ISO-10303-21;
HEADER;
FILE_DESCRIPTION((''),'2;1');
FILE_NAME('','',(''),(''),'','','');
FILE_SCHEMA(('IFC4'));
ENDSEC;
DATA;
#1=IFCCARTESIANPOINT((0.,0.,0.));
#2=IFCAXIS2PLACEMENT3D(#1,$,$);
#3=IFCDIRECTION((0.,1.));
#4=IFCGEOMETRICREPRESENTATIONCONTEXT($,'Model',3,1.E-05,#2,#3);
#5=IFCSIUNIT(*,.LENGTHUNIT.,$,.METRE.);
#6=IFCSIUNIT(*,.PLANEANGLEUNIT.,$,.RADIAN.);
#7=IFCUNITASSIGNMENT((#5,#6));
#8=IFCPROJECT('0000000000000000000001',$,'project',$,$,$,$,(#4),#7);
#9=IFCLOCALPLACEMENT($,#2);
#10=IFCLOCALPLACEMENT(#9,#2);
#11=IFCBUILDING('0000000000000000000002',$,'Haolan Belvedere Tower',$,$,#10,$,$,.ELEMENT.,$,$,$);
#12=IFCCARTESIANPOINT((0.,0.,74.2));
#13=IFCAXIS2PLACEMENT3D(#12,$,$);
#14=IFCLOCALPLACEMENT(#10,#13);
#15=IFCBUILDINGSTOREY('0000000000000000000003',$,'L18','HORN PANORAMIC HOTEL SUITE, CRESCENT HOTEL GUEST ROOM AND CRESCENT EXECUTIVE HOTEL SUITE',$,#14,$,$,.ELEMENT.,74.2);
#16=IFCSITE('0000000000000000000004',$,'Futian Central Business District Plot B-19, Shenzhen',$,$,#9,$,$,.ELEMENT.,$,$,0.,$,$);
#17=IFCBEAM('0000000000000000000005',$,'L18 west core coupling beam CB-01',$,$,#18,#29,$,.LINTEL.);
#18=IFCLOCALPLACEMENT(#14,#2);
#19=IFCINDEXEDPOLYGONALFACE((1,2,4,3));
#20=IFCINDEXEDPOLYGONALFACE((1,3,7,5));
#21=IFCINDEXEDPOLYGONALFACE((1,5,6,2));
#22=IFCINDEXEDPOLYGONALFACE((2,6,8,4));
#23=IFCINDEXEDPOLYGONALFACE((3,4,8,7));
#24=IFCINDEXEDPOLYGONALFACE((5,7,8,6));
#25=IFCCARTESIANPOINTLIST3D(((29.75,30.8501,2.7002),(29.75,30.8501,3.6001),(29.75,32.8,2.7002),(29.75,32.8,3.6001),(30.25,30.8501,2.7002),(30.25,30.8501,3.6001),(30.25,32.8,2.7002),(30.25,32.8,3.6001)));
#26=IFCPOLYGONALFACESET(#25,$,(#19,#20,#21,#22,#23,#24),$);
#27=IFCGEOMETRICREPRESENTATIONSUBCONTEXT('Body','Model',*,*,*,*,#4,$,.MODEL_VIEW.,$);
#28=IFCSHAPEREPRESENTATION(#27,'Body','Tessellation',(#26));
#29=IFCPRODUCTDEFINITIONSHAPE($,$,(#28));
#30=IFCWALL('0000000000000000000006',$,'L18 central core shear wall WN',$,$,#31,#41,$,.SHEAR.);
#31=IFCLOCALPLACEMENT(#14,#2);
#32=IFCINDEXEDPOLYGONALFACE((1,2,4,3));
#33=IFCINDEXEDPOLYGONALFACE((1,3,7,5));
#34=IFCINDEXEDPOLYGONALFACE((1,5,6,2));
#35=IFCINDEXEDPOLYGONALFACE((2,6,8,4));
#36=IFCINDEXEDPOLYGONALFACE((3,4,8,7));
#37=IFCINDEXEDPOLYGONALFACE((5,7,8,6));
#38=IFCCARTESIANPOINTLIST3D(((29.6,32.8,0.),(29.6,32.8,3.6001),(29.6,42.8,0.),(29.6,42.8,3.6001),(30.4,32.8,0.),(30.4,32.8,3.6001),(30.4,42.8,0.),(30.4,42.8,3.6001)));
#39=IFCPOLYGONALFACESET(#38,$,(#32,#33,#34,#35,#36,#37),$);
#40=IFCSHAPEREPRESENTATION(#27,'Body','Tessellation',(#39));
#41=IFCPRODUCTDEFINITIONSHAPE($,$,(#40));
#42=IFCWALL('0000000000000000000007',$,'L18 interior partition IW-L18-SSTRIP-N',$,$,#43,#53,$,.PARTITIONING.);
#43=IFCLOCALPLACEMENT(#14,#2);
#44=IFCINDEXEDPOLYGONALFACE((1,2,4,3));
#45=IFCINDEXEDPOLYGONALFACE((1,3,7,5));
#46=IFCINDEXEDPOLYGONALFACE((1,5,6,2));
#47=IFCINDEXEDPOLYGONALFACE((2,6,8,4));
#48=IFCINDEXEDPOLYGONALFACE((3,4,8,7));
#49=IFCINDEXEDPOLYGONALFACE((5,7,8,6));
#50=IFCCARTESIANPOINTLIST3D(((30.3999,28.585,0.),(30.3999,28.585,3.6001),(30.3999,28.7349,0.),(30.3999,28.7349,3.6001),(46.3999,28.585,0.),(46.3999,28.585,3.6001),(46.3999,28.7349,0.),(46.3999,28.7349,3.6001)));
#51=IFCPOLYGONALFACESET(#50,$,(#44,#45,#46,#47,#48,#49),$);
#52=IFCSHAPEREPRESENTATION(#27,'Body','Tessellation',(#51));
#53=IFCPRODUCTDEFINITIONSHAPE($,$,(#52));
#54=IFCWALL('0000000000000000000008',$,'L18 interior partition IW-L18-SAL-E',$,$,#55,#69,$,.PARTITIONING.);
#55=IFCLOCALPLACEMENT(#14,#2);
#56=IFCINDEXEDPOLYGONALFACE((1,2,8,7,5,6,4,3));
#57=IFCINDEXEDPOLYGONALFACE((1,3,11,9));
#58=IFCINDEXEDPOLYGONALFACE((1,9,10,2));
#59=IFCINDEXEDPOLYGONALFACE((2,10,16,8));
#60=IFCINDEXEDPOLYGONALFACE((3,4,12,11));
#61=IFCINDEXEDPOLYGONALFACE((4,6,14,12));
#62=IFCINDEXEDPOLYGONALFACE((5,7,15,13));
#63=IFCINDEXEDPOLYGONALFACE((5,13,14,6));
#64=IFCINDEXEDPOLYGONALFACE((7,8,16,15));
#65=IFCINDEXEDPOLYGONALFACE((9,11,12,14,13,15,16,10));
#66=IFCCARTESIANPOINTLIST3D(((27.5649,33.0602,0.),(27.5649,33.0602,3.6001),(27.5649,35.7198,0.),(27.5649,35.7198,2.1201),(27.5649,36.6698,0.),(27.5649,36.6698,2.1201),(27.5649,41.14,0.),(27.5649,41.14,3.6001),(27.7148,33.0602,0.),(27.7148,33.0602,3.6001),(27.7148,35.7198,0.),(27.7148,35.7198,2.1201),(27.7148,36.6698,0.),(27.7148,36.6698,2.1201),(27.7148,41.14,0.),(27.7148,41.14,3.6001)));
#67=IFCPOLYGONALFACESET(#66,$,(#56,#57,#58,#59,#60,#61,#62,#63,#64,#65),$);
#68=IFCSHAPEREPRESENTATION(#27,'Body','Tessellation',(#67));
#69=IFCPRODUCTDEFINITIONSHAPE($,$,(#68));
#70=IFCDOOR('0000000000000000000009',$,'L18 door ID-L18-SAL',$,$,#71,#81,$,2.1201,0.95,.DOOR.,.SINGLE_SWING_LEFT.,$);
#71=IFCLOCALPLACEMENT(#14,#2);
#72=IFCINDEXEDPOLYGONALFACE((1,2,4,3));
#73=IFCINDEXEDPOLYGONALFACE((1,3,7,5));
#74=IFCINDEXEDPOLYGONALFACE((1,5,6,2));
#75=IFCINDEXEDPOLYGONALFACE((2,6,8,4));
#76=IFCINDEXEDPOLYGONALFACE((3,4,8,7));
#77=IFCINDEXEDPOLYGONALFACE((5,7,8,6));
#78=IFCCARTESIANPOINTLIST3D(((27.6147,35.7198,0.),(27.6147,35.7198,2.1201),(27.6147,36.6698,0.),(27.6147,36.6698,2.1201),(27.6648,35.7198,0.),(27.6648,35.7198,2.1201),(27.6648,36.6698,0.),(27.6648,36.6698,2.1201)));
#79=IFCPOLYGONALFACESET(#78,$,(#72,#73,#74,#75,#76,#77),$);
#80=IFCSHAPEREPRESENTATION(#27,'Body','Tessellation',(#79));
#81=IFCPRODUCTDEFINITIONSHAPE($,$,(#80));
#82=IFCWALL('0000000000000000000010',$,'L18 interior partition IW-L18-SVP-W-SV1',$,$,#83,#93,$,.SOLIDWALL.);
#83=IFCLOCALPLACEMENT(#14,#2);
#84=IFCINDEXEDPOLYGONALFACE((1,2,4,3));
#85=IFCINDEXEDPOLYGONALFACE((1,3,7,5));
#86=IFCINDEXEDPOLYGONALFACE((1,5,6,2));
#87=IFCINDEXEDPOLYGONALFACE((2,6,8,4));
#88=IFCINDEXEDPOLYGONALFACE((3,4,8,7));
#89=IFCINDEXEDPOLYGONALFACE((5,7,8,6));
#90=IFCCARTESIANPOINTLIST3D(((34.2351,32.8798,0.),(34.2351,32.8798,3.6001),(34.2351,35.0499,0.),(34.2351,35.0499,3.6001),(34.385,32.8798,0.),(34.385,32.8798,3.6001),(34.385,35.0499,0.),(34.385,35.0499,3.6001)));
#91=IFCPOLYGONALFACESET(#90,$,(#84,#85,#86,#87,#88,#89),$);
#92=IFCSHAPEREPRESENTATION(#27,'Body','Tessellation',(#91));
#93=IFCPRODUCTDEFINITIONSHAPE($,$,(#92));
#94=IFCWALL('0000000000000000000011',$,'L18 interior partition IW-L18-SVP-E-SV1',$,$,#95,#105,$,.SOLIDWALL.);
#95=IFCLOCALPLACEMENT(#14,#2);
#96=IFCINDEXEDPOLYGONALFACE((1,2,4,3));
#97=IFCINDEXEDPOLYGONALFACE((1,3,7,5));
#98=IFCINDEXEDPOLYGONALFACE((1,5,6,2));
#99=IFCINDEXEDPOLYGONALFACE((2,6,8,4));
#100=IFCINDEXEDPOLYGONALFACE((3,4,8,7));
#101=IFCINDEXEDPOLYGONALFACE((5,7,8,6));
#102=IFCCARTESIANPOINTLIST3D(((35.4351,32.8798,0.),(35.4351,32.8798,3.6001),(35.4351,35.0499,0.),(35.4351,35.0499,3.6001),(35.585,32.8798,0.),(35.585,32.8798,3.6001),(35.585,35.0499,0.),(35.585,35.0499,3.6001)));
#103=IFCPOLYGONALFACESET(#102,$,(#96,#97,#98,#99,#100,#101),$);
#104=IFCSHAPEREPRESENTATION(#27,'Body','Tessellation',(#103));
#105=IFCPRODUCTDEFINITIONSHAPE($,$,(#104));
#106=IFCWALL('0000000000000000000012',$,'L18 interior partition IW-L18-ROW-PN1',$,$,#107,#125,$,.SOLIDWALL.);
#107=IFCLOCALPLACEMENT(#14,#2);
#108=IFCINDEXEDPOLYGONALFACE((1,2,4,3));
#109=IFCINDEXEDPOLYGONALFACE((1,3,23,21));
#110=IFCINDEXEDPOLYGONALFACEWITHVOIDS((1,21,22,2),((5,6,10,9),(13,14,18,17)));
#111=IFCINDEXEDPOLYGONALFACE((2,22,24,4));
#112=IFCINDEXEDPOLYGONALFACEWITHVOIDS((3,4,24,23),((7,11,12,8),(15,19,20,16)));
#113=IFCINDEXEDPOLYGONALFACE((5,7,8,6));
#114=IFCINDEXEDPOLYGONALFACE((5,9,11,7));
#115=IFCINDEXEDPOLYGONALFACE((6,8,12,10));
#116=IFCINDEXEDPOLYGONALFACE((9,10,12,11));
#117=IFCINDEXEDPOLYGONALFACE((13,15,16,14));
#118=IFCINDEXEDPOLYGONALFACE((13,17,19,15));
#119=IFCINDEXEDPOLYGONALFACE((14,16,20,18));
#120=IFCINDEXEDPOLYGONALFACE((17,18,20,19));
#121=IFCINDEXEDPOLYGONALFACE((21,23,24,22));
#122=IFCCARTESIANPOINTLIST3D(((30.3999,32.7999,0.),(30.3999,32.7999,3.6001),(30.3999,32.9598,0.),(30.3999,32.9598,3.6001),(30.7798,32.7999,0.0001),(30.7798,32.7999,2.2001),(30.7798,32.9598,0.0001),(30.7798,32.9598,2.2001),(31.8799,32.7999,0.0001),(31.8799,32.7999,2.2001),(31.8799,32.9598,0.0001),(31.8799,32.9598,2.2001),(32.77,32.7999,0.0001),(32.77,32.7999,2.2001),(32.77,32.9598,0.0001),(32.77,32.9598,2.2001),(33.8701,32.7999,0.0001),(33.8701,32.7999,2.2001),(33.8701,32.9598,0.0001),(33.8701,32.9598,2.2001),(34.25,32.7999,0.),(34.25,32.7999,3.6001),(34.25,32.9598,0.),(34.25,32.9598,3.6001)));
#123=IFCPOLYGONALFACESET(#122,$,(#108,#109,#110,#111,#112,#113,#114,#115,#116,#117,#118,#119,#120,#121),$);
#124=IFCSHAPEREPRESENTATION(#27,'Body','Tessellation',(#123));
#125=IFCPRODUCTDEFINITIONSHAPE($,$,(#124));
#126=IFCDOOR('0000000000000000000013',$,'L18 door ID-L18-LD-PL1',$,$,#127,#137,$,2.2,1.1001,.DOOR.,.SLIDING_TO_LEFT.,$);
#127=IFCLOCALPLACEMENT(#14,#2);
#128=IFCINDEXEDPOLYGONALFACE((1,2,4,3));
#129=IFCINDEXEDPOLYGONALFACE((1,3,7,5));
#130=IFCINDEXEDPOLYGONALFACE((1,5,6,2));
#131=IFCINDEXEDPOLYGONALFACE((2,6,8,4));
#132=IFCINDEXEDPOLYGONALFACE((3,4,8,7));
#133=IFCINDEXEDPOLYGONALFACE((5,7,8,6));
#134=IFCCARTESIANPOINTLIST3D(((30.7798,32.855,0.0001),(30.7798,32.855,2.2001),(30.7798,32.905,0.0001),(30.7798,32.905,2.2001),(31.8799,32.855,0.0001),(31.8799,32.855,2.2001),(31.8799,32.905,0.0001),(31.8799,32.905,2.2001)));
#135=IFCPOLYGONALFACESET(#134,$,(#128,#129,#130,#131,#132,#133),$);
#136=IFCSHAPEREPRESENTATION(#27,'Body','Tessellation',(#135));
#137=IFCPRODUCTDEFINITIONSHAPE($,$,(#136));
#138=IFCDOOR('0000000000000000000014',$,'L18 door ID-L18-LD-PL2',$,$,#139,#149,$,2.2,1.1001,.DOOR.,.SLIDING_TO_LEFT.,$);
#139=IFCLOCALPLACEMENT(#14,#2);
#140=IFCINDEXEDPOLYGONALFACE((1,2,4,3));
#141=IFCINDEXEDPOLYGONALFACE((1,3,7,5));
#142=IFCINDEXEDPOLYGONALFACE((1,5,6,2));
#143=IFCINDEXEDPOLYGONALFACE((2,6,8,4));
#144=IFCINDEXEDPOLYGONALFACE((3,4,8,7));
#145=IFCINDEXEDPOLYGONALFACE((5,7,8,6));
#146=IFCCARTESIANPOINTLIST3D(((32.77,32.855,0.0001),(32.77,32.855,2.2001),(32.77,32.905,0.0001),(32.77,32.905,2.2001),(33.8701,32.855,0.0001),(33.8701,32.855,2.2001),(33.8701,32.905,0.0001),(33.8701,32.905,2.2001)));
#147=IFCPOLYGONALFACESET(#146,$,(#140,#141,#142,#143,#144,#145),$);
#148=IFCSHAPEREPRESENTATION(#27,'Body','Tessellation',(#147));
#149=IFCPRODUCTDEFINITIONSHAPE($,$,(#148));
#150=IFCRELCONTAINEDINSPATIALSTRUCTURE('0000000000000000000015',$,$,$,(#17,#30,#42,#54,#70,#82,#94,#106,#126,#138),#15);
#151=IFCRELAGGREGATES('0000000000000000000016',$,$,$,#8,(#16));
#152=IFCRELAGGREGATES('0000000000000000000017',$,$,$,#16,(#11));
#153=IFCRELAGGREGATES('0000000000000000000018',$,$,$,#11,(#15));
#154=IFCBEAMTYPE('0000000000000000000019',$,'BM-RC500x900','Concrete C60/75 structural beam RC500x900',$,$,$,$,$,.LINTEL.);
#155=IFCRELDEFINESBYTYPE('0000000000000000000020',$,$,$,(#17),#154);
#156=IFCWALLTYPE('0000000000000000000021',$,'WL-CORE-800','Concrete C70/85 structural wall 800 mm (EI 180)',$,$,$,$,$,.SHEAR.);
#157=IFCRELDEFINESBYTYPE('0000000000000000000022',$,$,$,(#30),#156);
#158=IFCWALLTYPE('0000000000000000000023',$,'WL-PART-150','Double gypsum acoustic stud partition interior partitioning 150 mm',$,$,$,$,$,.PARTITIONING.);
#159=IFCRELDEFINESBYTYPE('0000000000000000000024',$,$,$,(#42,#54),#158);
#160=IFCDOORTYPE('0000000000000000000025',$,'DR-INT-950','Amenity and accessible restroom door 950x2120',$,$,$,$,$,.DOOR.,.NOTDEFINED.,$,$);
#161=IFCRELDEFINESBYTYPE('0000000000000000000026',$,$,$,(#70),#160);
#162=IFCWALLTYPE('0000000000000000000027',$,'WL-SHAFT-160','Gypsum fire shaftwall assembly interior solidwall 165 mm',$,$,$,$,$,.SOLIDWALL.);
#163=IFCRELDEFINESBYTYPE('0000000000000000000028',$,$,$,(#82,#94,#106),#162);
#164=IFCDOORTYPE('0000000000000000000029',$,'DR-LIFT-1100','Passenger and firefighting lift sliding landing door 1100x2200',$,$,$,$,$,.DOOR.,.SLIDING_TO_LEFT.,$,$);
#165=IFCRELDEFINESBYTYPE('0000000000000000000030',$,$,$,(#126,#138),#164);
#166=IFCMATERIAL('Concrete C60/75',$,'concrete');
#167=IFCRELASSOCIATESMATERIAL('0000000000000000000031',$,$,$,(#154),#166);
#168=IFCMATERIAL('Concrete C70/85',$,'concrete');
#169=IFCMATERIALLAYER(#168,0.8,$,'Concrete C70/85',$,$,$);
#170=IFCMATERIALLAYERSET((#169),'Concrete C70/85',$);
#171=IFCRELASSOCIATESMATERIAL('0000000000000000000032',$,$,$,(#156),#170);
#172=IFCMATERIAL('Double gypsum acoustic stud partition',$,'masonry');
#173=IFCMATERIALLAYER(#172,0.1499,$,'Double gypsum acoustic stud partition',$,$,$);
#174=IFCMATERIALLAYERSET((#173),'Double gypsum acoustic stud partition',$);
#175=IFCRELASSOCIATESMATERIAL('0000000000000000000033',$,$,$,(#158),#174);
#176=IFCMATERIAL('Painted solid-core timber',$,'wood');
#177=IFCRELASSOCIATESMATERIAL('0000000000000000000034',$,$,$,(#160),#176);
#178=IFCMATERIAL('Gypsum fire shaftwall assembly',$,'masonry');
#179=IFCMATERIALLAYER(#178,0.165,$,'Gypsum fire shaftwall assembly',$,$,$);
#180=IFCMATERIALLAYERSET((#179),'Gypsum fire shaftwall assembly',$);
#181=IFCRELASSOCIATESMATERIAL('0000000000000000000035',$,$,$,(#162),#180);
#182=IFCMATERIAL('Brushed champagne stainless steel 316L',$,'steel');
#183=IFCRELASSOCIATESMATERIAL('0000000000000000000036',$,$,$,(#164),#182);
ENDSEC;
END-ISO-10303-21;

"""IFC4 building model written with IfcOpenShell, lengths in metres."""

from ifc_helpers import new_model, si_unit, direction, frame, frame_2d, origin, origin_2d, place, context, subcontext, project, spatial, rectangle, extrude, material, layer, layer_set, material_profile, profile_set, type_object, element, fill, save


model = new_model("IFC4")

# Units and contexts
model_context = context("Model", 3, precision=1e-05, world=origin(), true_north=direction((0.0, 1.0)))
body_context = subcontext(model_context, "Body", "Model", "MODEL_VIEW")
ifc_project = project(units=[si_unit("LENGTHUNIT", "METRE"), si_unit("PLANEANGLEUNIT", "RADIAN")], contexts=[model_context])

# Site, building, storey
site_placement = place(None, origin())
site = spatial("IfcSite", under=ifc_project, at=site_placement, Name="Futian Central Business District Plot B-19, Shenzhen", CompositionType="ELEMENT", RefElevation=0.0)
building_placement = place(site_placement, origin())
building = spatial("IfcBuilding", under=site, at=building_placement, Name="Haolan Belvedere Tower", CompositionType="ELEMENT")
storey_placement = place(building_placement, frame((0.0, 0.0, 74.2)))
storey = spatial("IfcBuildingStorey", under=building, at=storey_placement, Name="L18", Description="HORN PANORAMIC HOTEL SUITE, CRESCENT HOTEL GUEST ROOM AND CRESCENT EXECUTIVE HOTEL SUITE", CompositionType="ELEMENT", Elevation=74.2)

# Beam
ifc_material_1 = material(Name="Concrete C60/75", Category="concrete")
ifc_material_profile = material_profile(ifc_material_1, rectangle(XDim=0.5, YDim=0.8999, at=origin_2d()), Name="Concrete C60/75")
ifc_profile_set = profile_set([ifc_material_profile], Name="Concrete C60/75")
beam_type = type_object("IfcBeamType", Name="BM-RC500x900", Description="Concrete C60/75 structural beam RC500x900", PredefinedType="LINTEL", material=ifc_profile_set)
beam_placement = place(storey_placement, frame((30.0, 30.8501, 3.1501), z_axis=(0.0, 1.0, 0.0), x_axis=(-1.0, 0.0, 0.0)))
element("IfcBeam", 1, at=beam_placement, inside=storey, type_object=beam_type, Name="L18 west core coupling beam CB-01", PredefinedType="LINTEL", context=body_context, shape_type="SweptSolid", body=[
    extrude(rectangle(XDim=0.5, YDim=0.8999, at=origin_2d()), origin(), (0.0, 0.0, 1.0), 1.95),
])

# Walls
ifc_material_2 = material(Name="Concrete C70/85", Category="concrete")
ifc_layer_1 = layer(ifc_material_2, 0.8, Name="Concrete C70/85")
ifc_layer_set_1 = layer_set([ifc_layer_1], Name="Concrete C70/85")
wall_type_1 = type_object("IfcWallType", Name="WL-CORE-800", Description="Concrete C70/85 structural wall 800 mm (EI 180)", PredefinedType="SHEAR", material=ifc_layer_set_1)
wall_1_placement = place(storey_placement, frame((30.0, 32.8, 0.0), z_axis=(0.0, 0.0, 1.0), x_axis=(0.0, 1.0, 0.0)))
element("IfcWall", 2, at=wall_1_placement, inside=storey, type_object=wall_type_1, Name="L18 central core shear wall WN", PredefinedType="SHEAR", context=body_context, shape_type="SweptSolid", body=[
    extrude(rectangle(XDim=10.0, YDim=0.8, at=frame_2d((5.0, 0.0))), origin(), (0.0, 0.0, 1.0), 3.6001),
])
ifc_material_3 = material(Name="Double gypsum acoustic stud partition", Category="masonry")
ifc_layer_2 = layer(ifc_material_3, 0.1499, Name="Double gypsum acoustic stud partition")
ifc_layer_set_2 = layer_set([ifc_layer_2], Name="Double gypsum acoustic stud partition")
wall_type_2 = type_object("IfcWallType", Name="WL-PART-150", Description="Double gypsum acoustic stud partition interior partitioning 150 mm", PredefinedType="PARTITIONING", material=ifc_layer_set_2)
wall_2_placement = place(storey_placement, frame((30.3999, 28.6599, 0.0), z_axis=(0.0, 0.0, 1.0), x_axis=(1.0, 0.0, 0.0)))
element("IfcWall", 3, at=wall_2_placement, inside=storey, type_object=wall_type_2, Name="L18 interior partition IW-L18-SSTRIP-N", PredefinedType="PARTITIONING", context=body_context, shape_type="SweptSolid", body=[
    extrude(rectangle(XDim=16.0, YDim=0.1499, at=frame_2d((8.0, 0.0))), origin(), (0.0, 0.0, 1.0), 3.6001),
])

# Wall, opening, door
wall_3_placement = place(storey_placement, frame((27.6399, 33.0601, 0.0), z_axis=(0.0, 0.0, 1.0), x_axis=(0.0, 1.0, 0.0)))
wall_3 = element("IfcWall", 4, at=wall_3_placement, inside=storey, type_object=wall_type_2, Name="L18 interior partition IW-L18-SAL-E", PredefinedType="PARTITIONING", context=body_context, shape_type="SweptSolid", body=[
    extrude(rectangle(XDim=8.0798, YDim=0.1499, at=frame_2d((4.04, 0.0))), origin(), (0.0, 0.0, 1.0), 3.6001),
])
opening_1_placement = place(wall_3_placement, frame((3.6099, 0.0, 0.0), z_axis=(0.0, 0.0, 1.0), x_axis=(-1.0, 0.0, 0.0)))
opening_1 = element("IfcOpeningElement", 5, at=opening_1_placement, cuts=wall_3, PredefinedType="OPENING", context=body_context, shape_type="SweptSolid", body=[
    extrude(rectangle(XDim=0.95, YDim=2.1201, at=frame_2d((0.4751, 1.0601))), frame((0.0, 0.085, 0.0), z_axis=(0.0, -1.0, 0.0), x_axis=(1.0, 0.0, 0.0)), (0.0, 0.0, 1.0), 0.1699),
])
ifc_material_4 = material(Name="Painted solid-core timber", Category="wood")
door_type_1 = type_object("IfcDoorType", Name="DR-INT-950", Description="Amenity and accessible restroom door 950x2120", OperationType="NOTDEFINED", PredefinedType="DOOR", material=ifc_material_4)
door_1_placement = place(opening_1_placement, origin())
door_1 = element("IfcDoor", 6, at=door_1_placement, inside=storey, type_object=door_type_1, Name="L18 door ID-L18-SAL", OperationType="SINGLE_SWING_LEFT", OverallHeight=2.1201, OverallWidth=0.95, PredefinedType="DOOR", context=body_context, shape_type="SweptSolid", body=[
    extrude(rectangle(XDim=0.95, YDim=2.1201, at=frame_2d((0.4751, 1.0601))), frame((0.0, 0.0249, 0.0), z_axis=(0.0, -1.0, 0.0), x_axis=(1.0, 0.0, 0.0)), (0.0, 0.0, 1.0), 0.05),
])
fill(opening_1, door_1)

# Walls
ifc_material_5 = material(Name="Gypsum fire shaftwall assembly", Category="masonry")
ifc_layer_3 = layer(ifc_material_5, 0.165, Name="Gypsum fire shaftwall assembly")
ifc_layer_set_3 = layer_set([ifc_layer_3], Name="Gypsum fire shaftwall assembly")
wall_type_3 = type_object("IfcWallType", Name="WL-SHAFT-160", Description="Gypsum fire shaftwall assembly interior solidwall 165 mm", PredefinedType="SOLIDWALL", material=ifc_layer_set_3)
for number, where, z_axis, x_axis, name in (
    (7, (34.3101, 32.8799, 0.0), (0.0, 0.0, 1.0), (0.0, 1.0, 0.0), "L18 interior partition IW-L18-SVP-W-SV1"),
    (8, (35.51, 32.8799, 0.0), (0.0, 0.0, 1.0), (0.0, 1.0, 0.0), "L18 interior partition IW-L18-SVP-E-SV1"),
):
    element("IfcWall", number, at=place(storey_placement, frame(where, z_axis=z_axis, x_axis=x_axis)), inside=storey, type_object=wall_type_3, Name=name, PredefinedType="SOLIDWALL", context=body_context, shape_type="SweptSolid", body=[
        extrude(rectangle(XDim=2.1702, YDim=0.1499, at=frame_2d((1.085, 0.0))), origin(), (0.0, 0.0, 1.0), 3.6001),
    ])

# Wall, openings, doors
wall_4_placement = place(storey_placement, frame((30.3999, 32.8799, 0.0), z_axis=(0.0, 0.0, 1.0), x_axis=(1.0, 0.0, 0.0)))
wall_4 = element("IfcWall", 9, at=wall_4_placement, inside=storey, type_object=wall_type_3, Name="L18 interior partition IW-L18-ROW-PN1", PredefinedType="SOLIDWALL", context=body_context, shape_type="SweptSolid", body=[
    extrude(rectangle(XDim=3.8501, YDim=0.1599, at=frame_2d((1.925, 0.0))), origin(), (0.0, 0.0, 1.0), 3.6001),
])
opening_2_placement = place(wall_4_placement, frame((1.48, 0.0, 0.0), z_axis=(0.0, 0.0, 1.0), x_axis=(-1.0, 0.0, 0.0)))
opening_2 = element("IfcOpeningElement", 10, at=opening_2_placement, cuts=wall_4, PredefinedType="OPENING", context=body_context, shape_type="SweptSolid", body=[
    extrude(rectangle(XDim=1.1001, YDim=2.2, at=frame_2d((0.55, 1.1001))), frame((0.0, 0.0898, 0.0), z_axis=(0.0, -1.0, 0.0), x_axis=(1.0, 0.0, 0.0)), (0.0, 0.0, 1.0), 0.1799),
])
opening_3_placement = place(wall_4_placement, frame((3.4702, 0.0, 0.0), z_axis=(0.0, 0.0, 1.0), x_axis=(-1.0, 0.0, 0.0)))
opening_3 = element("IfcOpeningElement", 11, at=opening_3_placement, cuts=wall_4, PredefinedType="OPENING", context=body_context, shape_type="SweptSolid", body=[
    extrude(rectangle(XDim=1.1001, YDim=2.2, at=frame_2d((0.55, 1.1001))), frame((0.0, 0.0898, 0.0), z_axis=(0.0, -1.0, 0.0), x_axis=(1.0, 0.0, 0.0)), (0.0, 0.0, 1.0), 0.1799),
])
ifc_material_6 = material(Name="Brushed champagne stainless steel 316L", Category="steel")
door_type_2 = type_object("IfcDoorType", Name="DR-LIFT-1100", Description="Passenger and firefighting lift sliding landing door 1100x2200", OperationType="SLIDING_TO_LEFT", PredefinedType="DOOR", material=ifc_material_6)
door_2_placement = place(opening_2_placement, origin())
door_2 = element("IfcDoor", 12, at=door_2_placement, inside=storey, type_object=door_type_2, Name="L18 door ID-L18-LD-PL1", OperationType="SLIDING_TO_LEFT", OverallHeight=2.2, OverallWidth=1.1001, PredefinedType="DOOR", context=body_context, shape_type="SweptSolid", body=[
    extrude(rectangle(XDim=1.1001, YDim=2.2, at=frame_2d((0.55, 1.1001))), frame((0.0, 0.0249, 0.0), z_axis=(0.0, -1.0, 0.0), x_axis=(1.0, 0.0, 0.0)), (0.0, 0.0, 1.0), 0.05),
])
fill(opening_2, door_2)
door_3_placement = place(opening_3_placement, origin())
door_3 = element("IfcDoor", 13, at=door_3_placement, inside=storey, type_object=door_type_2, Name="L18 door ID-L18-LD-PL2", OperationType="SLIDING_TO_LEFT", OverallHeight=2.2, OverallWidth=1.1001, PredefinedType="DOOR", context=body_context, shape_type="SweptSolid", body=[
    extrude(rectangle(XDim=1.1001, YDim=2.2, at=frame_2d((0.55, 1.1001))), frame((0.0, 0.0249, 0.0), z_axis=(0.0, -1.0, 0.0), x_axis=(1.0, 0.0, 0.0)), (0.0, 0.0, 1.0), 0.05),
])
fill(opening_3, door_3)

save(model, "model.ifc")
